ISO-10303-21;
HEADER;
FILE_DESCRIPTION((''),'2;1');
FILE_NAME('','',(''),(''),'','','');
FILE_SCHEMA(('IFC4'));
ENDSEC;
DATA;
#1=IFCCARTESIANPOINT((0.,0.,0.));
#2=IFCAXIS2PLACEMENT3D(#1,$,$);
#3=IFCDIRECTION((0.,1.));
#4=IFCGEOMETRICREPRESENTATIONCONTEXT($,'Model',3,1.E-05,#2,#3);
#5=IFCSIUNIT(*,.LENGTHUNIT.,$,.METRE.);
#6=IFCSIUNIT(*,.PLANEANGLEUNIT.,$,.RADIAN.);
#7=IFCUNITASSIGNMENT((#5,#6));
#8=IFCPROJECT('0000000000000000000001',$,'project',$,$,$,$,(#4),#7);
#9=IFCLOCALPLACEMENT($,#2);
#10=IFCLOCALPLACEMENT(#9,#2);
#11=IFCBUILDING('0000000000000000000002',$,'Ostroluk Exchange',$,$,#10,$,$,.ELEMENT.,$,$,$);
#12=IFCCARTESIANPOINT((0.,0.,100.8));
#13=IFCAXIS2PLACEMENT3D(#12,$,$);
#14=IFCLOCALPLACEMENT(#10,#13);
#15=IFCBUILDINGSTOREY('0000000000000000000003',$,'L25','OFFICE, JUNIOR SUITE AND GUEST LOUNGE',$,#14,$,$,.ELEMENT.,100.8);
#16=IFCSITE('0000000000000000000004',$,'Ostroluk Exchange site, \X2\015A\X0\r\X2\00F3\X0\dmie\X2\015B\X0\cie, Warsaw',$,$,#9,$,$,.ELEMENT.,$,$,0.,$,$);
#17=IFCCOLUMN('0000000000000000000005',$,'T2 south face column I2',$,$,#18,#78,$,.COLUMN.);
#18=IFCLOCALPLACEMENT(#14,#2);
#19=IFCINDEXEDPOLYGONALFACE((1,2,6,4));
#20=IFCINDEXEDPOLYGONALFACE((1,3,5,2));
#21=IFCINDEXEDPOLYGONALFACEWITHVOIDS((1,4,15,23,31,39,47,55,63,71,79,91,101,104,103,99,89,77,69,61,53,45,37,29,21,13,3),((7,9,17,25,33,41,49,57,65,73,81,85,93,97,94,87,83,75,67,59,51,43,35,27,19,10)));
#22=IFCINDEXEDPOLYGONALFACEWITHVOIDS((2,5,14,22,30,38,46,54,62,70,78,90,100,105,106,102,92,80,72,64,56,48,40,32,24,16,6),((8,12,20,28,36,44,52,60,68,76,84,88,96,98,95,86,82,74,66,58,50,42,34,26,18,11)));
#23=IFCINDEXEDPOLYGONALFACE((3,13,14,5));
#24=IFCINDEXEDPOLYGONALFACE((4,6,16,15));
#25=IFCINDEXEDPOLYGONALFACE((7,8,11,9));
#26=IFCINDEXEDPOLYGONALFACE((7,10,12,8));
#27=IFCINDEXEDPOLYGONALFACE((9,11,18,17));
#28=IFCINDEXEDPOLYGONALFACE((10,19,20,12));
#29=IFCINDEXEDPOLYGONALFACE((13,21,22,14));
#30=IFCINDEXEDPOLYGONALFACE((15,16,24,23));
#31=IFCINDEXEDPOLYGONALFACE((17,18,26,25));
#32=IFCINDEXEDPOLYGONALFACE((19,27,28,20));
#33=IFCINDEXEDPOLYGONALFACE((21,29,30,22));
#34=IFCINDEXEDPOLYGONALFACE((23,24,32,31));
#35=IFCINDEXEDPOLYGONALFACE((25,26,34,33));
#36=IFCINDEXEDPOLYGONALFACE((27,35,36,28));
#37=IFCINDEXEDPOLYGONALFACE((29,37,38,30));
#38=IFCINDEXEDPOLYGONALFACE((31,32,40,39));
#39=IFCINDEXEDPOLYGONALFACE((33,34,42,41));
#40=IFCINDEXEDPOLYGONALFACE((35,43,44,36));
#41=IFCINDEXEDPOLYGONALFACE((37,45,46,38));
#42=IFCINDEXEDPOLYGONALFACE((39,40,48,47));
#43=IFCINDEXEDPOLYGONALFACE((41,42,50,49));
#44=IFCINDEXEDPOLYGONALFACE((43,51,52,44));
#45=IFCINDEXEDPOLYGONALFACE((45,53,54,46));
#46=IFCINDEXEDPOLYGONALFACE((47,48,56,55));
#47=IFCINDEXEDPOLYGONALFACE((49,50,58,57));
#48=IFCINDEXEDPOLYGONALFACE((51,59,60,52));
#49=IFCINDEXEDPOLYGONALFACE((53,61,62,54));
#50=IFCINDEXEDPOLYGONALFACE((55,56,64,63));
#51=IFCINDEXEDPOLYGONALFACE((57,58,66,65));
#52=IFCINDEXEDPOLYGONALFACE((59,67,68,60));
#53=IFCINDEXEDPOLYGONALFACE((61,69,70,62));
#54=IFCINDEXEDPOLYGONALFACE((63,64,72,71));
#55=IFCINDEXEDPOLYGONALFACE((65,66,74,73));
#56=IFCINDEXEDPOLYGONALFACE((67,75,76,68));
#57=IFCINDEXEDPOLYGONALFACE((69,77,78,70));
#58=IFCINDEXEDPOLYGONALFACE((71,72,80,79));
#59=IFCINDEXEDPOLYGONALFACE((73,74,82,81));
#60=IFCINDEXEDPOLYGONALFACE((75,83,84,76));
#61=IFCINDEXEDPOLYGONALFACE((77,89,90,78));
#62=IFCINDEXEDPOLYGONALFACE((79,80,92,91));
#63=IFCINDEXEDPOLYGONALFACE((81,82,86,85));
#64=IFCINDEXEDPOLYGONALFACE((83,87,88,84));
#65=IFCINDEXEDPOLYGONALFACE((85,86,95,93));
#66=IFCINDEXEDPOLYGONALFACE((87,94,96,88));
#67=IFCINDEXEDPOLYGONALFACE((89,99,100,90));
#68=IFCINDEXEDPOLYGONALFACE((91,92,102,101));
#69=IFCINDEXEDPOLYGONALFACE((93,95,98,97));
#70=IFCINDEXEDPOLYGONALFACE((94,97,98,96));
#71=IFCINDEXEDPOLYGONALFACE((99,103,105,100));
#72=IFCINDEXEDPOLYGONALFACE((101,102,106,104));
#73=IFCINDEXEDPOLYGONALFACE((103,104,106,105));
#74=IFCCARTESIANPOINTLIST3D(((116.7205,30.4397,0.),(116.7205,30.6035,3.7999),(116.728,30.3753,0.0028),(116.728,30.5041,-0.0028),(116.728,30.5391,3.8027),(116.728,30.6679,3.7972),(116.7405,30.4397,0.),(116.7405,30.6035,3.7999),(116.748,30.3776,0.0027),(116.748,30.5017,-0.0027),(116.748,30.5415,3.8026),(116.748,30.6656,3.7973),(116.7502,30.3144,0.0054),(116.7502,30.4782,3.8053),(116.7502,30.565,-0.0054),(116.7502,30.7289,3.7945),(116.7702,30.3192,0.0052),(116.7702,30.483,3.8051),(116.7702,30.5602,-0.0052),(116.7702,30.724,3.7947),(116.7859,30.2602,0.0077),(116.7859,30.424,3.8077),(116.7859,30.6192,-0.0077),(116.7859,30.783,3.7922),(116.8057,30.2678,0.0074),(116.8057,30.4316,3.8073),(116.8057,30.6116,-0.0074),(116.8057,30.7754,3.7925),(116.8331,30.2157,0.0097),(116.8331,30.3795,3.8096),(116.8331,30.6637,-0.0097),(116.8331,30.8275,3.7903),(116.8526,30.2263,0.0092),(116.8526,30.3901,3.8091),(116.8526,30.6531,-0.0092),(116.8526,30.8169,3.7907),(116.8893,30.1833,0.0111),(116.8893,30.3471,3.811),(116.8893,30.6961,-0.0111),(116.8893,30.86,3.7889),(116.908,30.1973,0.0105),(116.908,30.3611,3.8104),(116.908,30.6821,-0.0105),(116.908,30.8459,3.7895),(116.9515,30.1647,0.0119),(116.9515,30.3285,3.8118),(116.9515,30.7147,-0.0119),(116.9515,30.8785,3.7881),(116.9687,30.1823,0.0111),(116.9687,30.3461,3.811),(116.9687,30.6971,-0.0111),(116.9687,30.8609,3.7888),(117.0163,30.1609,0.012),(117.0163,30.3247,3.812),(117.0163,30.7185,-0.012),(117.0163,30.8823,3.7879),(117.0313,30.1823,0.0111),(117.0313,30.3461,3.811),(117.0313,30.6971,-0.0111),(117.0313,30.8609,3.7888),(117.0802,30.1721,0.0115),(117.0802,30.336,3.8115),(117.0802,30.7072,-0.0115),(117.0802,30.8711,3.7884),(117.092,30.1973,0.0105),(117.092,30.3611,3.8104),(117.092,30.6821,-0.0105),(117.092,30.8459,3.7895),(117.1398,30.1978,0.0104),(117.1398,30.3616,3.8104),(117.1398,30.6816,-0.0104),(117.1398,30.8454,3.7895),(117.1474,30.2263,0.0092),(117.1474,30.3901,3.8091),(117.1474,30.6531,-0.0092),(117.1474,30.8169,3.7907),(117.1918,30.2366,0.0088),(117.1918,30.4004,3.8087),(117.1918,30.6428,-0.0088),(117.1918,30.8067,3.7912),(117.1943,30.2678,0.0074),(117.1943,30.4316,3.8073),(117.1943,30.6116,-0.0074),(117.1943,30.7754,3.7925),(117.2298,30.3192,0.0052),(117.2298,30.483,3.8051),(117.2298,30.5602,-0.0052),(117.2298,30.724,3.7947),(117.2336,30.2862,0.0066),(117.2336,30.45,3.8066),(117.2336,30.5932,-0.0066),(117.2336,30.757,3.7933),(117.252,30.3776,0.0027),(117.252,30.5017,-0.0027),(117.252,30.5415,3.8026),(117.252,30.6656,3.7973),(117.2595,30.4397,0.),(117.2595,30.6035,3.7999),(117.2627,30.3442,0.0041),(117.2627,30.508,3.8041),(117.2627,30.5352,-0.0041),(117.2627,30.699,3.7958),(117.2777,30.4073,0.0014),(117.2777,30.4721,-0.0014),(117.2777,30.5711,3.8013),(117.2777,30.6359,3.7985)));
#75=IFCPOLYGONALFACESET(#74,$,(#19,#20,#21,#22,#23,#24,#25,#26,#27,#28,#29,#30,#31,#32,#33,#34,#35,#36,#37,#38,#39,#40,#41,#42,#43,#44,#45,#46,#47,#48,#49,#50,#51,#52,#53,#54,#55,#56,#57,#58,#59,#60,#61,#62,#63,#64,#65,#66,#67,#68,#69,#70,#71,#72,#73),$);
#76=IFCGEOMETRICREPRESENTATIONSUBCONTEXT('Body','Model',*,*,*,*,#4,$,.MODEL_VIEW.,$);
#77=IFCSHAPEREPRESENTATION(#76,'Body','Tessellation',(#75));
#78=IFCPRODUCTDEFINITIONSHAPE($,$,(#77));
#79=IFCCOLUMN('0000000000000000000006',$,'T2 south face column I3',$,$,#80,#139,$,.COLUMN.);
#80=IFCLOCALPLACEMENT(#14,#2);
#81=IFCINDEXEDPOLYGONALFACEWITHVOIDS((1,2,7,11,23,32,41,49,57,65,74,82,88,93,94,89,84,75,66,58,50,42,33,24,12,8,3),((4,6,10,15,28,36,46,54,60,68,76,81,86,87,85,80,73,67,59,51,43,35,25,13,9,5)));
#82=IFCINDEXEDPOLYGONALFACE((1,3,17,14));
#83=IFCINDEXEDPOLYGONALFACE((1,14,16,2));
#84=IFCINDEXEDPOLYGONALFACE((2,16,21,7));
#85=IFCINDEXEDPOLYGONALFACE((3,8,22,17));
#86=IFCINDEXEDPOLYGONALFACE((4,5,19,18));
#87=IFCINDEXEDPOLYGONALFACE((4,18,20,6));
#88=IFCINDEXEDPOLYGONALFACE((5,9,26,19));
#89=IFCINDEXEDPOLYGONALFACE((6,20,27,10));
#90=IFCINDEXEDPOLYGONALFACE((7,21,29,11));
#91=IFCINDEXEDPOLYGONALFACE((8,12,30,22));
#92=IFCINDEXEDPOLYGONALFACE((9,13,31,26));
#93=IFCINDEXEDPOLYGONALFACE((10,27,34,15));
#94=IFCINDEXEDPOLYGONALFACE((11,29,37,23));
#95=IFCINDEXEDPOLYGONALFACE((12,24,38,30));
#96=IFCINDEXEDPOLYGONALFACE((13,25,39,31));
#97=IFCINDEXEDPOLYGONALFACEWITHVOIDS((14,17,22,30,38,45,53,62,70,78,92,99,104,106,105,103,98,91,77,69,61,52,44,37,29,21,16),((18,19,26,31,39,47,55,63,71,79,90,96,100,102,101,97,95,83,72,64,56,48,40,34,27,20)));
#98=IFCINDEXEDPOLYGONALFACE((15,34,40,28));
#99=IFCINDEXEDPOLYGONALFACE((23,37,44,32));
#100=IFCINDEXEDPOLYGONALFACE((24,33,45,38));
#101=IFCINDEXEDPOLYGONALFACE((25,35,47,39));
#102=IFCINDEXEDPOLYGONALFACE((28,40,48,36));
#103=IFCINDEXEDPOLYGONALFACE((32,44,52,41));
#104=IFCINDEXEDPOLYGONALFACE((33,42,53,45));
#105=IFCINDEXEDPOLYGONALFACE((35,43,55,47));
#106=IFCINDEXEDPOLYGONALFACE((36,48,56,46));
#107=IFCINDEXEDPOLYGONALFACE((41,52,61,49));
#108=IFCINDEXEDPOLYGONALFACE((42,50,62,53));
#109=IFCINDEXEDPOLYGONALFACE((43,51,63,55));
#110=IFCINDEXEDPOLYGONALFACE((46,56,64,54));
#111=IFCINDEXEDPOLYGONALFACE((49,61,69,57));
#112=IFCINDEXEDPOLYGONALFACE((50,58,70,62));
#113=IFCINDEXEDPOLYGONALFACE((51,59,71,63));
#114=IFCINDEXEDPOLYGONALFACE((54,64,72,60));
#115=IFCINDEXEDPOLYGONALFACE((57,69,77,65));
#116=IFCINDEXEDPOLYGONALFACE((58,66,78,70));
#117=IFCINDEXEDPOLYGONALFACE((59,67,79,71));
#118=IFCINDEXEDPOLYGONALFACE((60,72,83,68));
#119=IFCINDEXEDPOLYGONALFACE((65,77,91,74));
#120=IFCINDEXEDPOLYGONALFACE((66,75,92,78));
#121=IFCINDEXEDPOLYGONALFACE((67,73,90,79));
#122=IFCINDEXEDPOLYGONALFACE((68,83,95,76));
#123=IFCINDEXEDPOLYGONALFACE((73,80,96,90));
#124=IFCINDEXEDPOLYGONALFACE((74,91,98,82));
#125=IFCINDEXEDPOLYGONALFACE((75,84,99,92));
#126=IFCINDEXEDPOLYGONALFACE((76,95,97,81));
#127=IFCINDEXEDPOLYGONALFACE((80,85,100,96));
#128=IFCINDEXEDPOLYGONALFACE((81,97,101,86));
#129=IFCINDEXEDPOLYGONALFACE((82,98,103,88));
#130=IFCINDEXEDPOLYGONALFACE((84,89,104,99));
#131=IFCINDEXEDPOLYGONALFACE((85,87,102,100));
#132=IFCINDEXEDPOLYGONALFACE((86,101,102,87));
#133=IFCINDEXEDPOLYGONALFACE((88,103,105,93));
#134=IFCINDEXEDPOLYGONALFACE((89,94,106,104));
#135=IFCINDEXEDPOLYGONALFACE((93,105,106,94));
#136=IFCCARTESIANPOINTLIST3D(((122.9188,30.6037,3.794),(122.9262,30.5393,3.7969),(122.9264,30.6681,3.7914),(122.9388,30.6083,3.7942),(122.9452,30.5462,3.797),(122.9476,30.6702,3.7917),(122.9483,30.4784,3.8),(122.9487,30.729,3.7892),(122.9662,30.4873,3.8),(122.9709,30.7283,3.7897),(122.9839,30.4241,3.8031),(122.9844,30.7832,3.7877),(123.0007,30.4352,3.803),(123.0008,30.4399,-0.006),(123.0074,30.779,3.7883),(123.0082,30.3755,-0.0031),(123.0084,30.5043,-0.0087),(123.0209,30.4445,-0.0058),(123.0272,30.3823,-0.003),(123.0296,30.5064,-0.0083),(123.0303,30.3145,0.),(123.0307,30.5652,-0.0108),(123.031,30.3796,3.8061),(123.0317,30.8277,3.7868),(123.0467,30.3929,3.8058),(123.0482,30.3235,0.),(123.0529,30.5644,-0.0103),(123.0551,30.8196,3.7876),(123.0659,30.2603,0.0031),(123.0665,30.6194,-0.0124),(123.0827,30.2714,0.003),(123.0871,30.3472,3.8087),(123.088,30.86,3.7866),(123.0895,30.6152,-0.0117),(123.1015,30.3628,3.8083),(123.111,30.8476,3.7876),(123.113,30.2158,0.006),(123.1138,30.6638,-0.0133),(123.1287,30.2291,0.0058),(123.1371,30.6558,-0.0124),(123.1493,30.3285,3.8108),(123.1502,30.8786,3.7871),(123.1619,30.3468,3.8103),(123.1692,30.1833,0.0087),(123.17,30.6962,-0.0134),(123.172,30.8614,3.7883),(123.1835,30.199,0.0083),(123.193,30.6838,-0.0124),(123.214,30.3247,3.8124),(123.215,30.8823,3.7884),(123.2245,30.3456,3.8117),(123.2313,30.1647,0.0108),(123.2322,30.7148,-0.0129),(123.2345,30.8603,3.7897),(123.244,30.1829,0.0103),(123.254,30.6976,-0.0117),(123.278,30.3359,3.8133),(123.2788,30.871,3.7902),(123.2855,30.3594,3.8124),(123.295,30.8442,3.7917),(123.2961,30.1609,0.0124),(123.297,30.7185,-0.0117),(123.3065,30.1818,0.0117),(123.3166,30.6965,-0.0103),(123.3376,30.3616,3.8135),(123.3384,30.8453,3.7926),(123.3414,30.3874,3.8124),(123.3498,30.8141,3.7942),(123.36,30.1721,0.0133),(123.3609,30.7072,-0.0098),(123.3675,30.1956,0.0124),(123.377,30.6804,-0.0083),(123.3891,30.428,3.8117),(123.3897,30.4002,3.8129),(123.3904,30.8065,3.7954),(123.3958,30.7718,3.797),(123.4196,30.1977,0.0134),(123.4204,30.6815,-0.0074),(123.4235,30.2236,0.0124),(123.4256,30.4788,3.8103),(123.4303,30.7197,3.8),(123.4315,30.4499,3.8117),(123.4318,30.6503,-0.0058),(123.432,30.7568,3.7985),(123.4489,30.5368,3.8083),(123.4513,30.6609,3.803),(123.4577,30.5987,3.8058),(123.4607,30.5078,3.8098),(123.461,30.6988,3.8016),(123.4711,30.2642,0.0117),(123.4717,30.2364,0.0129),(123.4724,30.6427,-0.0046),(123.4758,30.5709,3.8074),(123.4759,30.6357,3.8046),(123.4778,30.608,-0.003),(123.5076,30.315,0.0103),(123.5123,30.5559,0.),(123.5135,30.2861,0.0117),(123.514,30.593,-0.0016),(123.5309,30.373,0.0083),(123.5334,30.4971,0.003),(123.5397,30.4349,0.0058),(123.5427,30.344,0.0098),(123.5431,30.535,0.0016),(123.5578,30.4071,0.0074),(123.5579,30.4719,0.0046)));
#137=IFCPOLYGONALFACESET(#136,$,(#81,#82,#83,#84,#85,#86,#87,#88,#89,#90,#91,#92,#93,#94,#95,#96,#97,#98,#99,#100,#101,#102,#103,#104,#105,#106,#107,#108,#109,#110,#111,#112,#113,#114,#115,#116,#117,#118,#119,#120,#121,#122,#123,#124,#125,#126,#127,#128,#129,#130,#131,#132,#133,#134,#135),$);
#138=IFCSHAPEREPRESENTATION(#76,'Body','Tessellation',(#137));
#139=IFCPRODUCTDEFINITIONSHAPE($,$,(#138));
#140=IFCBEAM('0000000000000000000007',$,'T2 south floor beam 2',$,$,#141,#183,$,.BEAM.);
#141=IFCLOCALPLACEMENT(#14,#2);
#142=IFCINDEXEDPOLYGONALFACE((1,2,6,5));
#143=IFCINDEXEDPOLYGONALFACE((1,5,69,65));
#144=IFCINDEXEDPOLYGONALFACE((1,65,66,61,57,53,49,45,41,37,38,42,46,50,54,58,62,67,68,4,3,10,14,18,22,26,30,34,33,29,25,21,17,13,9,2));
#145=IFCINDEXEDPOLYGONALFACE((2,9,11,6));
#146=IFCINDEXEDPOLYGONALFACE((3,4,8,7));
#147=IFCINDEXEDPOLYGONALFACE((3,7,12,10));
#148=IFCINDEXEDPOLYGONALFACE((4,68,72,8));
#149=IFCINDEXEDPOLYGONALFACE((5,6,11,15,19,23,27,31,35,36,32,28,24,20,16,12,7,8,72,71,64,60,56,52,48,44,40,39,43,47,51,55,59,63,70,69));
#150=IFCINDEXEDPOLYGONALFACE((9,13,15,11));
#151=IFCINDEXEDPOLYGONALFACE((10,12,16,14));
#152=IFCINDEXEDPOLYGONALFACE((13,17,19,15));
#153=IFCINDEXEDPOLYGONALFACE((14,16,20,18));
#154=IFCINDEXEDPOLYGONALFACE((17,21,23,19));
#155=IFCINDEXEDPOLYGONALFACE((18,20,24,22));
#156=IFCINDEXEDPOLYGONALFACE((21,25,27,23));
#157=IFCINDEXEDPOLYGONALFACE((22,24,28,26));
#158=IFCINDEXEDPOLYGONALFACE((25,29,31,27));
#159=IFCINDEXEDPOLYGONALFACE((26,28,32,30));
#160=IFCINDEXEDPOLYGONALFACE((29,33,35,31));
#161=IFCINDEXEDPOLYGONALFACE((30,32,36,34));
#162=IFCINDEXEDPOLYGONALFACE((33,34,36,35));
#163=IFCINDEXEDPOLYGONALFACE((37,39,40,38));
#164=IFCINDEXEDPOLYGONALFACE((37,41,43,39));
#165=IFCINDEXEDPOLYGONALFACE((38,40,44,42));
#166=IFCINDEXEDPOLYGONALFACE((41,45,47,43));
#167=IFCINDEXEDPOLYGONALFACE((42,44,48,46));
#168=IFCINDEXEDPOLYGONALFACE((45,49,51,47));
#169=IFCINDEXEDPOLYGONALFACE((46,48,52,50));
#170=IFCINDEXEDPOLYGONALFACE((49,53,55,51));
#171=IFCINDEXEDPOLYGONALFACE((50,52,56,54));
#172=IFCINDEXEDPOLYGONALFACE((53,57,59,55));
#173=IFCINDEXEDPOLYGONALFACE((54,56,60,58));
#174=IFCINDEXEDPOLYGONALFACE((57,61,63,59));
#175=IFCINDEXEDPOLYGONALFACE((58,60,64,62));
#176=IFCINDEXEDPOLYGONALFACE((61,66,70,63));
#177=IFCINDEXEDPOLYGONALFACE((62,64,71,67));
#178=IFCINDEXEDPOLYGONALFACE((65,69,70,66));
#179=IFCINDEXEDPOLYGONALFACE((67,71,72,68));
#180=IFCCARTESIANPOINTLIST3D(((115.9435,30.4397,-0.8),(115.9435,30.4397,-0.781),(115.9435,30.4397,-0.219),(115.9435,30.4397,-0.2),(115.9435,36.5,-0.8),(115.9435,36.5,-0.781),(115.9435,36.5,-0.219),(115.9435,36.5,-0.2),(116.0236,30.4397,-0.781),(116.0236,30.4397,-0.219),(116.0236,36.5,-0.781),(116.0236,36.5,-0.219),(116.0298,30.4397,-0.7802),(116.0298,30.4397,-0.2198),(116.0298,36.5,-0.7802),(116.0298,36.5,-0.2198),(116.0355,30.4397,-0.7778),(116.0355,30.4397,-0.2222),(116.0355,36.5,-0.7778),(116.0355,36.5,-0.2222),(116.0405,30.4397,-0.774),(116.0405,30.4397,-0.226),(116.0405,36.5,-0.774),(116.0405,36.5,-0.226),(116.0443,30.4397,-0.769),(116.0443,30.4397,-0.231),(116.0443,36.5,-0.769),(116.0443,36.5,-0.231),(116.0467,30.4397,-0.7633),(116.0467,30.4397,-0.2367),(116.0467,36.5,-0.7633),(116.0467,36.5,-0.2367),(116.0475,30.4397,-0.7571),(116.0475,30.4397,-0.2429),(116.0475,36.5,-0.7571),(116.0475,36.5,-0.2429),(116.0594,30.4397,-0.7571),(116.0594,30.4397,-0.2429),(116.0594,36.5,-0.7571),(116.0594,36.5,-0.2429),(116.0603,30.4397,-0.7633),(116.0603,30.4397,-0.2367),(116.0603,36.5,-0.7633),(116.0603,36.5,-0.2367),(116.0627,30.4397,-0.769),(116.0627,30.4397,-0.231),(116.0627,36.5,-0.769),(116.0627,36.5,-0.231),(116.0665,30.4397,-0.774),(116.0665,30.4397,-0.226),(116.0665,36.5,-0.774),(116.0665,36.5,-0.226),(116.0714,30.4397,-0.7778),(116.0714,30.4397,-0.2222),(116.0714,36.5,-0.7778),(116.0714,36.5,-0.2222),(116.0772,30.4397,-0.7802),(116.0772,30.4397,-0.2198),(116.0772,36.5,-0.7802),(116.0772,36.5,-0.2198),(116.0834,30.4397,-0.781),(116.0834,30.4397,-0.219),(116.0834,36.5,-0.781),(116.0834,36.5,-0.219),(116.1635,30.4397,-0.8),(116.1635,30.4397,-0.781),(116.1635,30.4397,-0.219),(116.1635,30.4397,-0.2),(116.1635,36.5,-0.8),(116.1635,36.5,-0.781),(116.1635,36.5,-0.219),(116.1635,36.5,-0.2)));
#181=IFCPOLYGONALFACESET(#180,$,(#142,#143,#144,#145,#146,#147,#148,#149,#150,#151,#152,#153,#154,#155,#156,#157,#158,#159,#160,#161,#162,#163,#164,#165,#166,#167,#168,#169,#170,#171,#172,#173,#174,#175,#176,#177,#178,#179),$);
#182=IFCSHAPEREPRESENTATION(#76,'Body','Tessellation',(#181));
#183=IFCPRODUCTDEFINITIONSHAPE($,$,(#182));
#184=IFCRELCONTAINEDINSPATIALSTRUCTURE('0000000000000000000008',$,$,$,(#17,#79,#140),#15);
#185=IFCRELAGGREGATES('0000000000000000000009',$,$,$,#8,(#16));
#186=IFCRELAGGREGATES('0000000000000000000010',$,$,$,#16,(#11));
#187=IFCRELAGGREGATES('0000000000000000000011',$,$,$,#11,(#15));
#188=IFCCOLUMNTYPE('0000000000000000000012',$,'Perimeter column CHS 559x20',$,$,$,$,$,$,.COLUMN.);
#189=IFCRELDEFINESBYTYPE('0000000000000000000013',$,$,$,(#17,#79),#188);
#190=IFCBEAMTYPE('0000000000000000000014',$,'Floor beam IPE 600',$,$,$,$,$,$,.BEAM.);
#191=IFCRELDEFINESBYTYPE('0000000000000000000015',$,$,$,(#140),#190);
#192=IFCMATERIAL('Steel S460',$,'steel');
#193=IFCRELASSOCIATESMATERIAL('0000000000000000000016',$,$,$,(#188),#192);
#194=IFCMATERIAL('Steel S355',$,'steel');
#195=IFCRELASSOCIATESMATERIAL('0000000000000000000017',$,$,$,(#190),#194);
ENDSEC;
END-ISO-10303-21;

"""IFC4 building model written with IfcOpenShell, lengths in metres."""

from ifc_helpers import new_model, si_unit, direction, frame, origin, origin_2d, place, context, subcontext, project, spatial, hollow_circle, i_section, extrude, material, material_profile, profile_set, type_object, element, save


model = new_model("IFC4")

# Units and contexts
model_context = context("Model", 3, precision=1e-05, world=origin(), true_north=direction((0.0, 1.0)))
body_context = subcontext(model_context, "Body", "Model", "MODEL_VIEW")
ifc_project = project(units=[si_unit("LENGTHUNIT", "METRE"), si_unit("PLANEANGLEUNIT", "RADIAN")], contexts=[model_context])

# Site, building, storey
site_placement = place(None, origin())
site = spatial("IfcSite", under=ifc_project, at=site_placement, Name="Ostroluk Exchange site, Śródmieście, Warsaw", CompositionType="ELEMENT", RefElevation=0.0)
building_placement = place(site_placement, origin())
building = spatial("IfcBuilding", under=site, at=building_placement, Name="Ostroluk Exchange", CompositionType="ELEMENT")
storey_placement = place(building_placement, frame((0.0, 0.0, 100.8)))
storey = spatial("IfcBuildingStorey", under=building, at=storey_placement, Name="L25", Description="OFFICE, JUNIOR SUITE AND GUEST LOUNGE", CompositionType="ELEMENT", Elevation=100.8)

# Columns
ifc_material_1 = material(Name="Steel S460", Category="steel")
ifc_material_profile_1 = material_profile(ifc_material_1, hollow_circle(Radius=0.2795, WallThickness=0.02, at=origin_2d()), Name="CHS 559x20")
ifc_profile_set_1 = profile_set([ifc_material_profile_1], Name="Steel S460")
column_type = type_object("IfcColumnType", Name="Perimeter column CHS 559x20", PredefinedType="COLUMN", material=ifc_profile_set_1)
column_1_placement = place(storey_placement, frame((117.0, 30.4397, 0.0), z_axis=(0.0, 0.04307, 0.999072), x_axis=(-1.0, 0.0, 0.0)))
element("IfcColumn", 1, at=column_1_placement, inside=storey, type_object=column_type, Name="T2 south face column I2", PredefinedType="COLUMN", context=body_context, shape_type="SweptSolid", body=[
    extrude(hollow_circle(Radius=0.2795, WallThickness=0.02, at=origin_2d()), origin(), (0.0, 0.0, 1.0), 3.8035),
])
column_2_placement = place(storey_placement, frame((123.2803, 30.4397, 0.0), z_axis=(-0.021562, 0.04306, 0.99884), x_axis=(-0.894161, -0.447747, 0.0)))
element("IfcColumn", 2, at=column_2_placement, inside=storey, type_object=column_type, Name="T2 south face column I3", PredefinedType="COLUMN", context=body_context, shape_type="SweptSolid", body=[
    extrude(hollow_circle(Radius=0.2795, WallThickness=0.02, at=origin_2d()), origin(), (0.0, 0.0, 1.0), 3.8044),
])

# Beam
ifc_material_2 = material(Name="Steel S355", Category="steel")
ifc_material_profile_2 = material_profile(ifc_material_2, i_section(OverallWidth=0.22, OverallDepth=0.6001, WebThickness=0.012, FlangeThickness=0.019, FilletRadius=0.0239, at=origin_2d()), Name="IPE 600")
ifc_profile_set_2 = profile_set([ifc_material_profile_2], Name="Steel S355")
beam_type_1 = type_object("IfcBeamType", Name="Floor beam IPE 600", PredefinedType="BEAM", material=ifc_profile_set_2)
beam_1_placement = place(storey_placement, frame((116.0535, 36.5, -0.5), z_axis=(0.0, -1.0, 0.0), x_axis=(1.0, 0.0, 0.0)))
element("IfcBeam", 3, at=beam_1_placement, inside=storey, type_object=beam_type_1, Name="T2 south floor beam 2", PredefinedType="BEAM", context=body_context, shape_type="SweptSolid", body=[
    extrude(i_section(OverallWidth=0.22, OverallDepth=0.6001, WebThickness=0.012, FlangeThickness=0.019, FilletRadius=0.0239, at=origin_2d()), origin(), (0.0, 0.0, 1.0), 6.0603),
])

save(model, "model.ifc")
